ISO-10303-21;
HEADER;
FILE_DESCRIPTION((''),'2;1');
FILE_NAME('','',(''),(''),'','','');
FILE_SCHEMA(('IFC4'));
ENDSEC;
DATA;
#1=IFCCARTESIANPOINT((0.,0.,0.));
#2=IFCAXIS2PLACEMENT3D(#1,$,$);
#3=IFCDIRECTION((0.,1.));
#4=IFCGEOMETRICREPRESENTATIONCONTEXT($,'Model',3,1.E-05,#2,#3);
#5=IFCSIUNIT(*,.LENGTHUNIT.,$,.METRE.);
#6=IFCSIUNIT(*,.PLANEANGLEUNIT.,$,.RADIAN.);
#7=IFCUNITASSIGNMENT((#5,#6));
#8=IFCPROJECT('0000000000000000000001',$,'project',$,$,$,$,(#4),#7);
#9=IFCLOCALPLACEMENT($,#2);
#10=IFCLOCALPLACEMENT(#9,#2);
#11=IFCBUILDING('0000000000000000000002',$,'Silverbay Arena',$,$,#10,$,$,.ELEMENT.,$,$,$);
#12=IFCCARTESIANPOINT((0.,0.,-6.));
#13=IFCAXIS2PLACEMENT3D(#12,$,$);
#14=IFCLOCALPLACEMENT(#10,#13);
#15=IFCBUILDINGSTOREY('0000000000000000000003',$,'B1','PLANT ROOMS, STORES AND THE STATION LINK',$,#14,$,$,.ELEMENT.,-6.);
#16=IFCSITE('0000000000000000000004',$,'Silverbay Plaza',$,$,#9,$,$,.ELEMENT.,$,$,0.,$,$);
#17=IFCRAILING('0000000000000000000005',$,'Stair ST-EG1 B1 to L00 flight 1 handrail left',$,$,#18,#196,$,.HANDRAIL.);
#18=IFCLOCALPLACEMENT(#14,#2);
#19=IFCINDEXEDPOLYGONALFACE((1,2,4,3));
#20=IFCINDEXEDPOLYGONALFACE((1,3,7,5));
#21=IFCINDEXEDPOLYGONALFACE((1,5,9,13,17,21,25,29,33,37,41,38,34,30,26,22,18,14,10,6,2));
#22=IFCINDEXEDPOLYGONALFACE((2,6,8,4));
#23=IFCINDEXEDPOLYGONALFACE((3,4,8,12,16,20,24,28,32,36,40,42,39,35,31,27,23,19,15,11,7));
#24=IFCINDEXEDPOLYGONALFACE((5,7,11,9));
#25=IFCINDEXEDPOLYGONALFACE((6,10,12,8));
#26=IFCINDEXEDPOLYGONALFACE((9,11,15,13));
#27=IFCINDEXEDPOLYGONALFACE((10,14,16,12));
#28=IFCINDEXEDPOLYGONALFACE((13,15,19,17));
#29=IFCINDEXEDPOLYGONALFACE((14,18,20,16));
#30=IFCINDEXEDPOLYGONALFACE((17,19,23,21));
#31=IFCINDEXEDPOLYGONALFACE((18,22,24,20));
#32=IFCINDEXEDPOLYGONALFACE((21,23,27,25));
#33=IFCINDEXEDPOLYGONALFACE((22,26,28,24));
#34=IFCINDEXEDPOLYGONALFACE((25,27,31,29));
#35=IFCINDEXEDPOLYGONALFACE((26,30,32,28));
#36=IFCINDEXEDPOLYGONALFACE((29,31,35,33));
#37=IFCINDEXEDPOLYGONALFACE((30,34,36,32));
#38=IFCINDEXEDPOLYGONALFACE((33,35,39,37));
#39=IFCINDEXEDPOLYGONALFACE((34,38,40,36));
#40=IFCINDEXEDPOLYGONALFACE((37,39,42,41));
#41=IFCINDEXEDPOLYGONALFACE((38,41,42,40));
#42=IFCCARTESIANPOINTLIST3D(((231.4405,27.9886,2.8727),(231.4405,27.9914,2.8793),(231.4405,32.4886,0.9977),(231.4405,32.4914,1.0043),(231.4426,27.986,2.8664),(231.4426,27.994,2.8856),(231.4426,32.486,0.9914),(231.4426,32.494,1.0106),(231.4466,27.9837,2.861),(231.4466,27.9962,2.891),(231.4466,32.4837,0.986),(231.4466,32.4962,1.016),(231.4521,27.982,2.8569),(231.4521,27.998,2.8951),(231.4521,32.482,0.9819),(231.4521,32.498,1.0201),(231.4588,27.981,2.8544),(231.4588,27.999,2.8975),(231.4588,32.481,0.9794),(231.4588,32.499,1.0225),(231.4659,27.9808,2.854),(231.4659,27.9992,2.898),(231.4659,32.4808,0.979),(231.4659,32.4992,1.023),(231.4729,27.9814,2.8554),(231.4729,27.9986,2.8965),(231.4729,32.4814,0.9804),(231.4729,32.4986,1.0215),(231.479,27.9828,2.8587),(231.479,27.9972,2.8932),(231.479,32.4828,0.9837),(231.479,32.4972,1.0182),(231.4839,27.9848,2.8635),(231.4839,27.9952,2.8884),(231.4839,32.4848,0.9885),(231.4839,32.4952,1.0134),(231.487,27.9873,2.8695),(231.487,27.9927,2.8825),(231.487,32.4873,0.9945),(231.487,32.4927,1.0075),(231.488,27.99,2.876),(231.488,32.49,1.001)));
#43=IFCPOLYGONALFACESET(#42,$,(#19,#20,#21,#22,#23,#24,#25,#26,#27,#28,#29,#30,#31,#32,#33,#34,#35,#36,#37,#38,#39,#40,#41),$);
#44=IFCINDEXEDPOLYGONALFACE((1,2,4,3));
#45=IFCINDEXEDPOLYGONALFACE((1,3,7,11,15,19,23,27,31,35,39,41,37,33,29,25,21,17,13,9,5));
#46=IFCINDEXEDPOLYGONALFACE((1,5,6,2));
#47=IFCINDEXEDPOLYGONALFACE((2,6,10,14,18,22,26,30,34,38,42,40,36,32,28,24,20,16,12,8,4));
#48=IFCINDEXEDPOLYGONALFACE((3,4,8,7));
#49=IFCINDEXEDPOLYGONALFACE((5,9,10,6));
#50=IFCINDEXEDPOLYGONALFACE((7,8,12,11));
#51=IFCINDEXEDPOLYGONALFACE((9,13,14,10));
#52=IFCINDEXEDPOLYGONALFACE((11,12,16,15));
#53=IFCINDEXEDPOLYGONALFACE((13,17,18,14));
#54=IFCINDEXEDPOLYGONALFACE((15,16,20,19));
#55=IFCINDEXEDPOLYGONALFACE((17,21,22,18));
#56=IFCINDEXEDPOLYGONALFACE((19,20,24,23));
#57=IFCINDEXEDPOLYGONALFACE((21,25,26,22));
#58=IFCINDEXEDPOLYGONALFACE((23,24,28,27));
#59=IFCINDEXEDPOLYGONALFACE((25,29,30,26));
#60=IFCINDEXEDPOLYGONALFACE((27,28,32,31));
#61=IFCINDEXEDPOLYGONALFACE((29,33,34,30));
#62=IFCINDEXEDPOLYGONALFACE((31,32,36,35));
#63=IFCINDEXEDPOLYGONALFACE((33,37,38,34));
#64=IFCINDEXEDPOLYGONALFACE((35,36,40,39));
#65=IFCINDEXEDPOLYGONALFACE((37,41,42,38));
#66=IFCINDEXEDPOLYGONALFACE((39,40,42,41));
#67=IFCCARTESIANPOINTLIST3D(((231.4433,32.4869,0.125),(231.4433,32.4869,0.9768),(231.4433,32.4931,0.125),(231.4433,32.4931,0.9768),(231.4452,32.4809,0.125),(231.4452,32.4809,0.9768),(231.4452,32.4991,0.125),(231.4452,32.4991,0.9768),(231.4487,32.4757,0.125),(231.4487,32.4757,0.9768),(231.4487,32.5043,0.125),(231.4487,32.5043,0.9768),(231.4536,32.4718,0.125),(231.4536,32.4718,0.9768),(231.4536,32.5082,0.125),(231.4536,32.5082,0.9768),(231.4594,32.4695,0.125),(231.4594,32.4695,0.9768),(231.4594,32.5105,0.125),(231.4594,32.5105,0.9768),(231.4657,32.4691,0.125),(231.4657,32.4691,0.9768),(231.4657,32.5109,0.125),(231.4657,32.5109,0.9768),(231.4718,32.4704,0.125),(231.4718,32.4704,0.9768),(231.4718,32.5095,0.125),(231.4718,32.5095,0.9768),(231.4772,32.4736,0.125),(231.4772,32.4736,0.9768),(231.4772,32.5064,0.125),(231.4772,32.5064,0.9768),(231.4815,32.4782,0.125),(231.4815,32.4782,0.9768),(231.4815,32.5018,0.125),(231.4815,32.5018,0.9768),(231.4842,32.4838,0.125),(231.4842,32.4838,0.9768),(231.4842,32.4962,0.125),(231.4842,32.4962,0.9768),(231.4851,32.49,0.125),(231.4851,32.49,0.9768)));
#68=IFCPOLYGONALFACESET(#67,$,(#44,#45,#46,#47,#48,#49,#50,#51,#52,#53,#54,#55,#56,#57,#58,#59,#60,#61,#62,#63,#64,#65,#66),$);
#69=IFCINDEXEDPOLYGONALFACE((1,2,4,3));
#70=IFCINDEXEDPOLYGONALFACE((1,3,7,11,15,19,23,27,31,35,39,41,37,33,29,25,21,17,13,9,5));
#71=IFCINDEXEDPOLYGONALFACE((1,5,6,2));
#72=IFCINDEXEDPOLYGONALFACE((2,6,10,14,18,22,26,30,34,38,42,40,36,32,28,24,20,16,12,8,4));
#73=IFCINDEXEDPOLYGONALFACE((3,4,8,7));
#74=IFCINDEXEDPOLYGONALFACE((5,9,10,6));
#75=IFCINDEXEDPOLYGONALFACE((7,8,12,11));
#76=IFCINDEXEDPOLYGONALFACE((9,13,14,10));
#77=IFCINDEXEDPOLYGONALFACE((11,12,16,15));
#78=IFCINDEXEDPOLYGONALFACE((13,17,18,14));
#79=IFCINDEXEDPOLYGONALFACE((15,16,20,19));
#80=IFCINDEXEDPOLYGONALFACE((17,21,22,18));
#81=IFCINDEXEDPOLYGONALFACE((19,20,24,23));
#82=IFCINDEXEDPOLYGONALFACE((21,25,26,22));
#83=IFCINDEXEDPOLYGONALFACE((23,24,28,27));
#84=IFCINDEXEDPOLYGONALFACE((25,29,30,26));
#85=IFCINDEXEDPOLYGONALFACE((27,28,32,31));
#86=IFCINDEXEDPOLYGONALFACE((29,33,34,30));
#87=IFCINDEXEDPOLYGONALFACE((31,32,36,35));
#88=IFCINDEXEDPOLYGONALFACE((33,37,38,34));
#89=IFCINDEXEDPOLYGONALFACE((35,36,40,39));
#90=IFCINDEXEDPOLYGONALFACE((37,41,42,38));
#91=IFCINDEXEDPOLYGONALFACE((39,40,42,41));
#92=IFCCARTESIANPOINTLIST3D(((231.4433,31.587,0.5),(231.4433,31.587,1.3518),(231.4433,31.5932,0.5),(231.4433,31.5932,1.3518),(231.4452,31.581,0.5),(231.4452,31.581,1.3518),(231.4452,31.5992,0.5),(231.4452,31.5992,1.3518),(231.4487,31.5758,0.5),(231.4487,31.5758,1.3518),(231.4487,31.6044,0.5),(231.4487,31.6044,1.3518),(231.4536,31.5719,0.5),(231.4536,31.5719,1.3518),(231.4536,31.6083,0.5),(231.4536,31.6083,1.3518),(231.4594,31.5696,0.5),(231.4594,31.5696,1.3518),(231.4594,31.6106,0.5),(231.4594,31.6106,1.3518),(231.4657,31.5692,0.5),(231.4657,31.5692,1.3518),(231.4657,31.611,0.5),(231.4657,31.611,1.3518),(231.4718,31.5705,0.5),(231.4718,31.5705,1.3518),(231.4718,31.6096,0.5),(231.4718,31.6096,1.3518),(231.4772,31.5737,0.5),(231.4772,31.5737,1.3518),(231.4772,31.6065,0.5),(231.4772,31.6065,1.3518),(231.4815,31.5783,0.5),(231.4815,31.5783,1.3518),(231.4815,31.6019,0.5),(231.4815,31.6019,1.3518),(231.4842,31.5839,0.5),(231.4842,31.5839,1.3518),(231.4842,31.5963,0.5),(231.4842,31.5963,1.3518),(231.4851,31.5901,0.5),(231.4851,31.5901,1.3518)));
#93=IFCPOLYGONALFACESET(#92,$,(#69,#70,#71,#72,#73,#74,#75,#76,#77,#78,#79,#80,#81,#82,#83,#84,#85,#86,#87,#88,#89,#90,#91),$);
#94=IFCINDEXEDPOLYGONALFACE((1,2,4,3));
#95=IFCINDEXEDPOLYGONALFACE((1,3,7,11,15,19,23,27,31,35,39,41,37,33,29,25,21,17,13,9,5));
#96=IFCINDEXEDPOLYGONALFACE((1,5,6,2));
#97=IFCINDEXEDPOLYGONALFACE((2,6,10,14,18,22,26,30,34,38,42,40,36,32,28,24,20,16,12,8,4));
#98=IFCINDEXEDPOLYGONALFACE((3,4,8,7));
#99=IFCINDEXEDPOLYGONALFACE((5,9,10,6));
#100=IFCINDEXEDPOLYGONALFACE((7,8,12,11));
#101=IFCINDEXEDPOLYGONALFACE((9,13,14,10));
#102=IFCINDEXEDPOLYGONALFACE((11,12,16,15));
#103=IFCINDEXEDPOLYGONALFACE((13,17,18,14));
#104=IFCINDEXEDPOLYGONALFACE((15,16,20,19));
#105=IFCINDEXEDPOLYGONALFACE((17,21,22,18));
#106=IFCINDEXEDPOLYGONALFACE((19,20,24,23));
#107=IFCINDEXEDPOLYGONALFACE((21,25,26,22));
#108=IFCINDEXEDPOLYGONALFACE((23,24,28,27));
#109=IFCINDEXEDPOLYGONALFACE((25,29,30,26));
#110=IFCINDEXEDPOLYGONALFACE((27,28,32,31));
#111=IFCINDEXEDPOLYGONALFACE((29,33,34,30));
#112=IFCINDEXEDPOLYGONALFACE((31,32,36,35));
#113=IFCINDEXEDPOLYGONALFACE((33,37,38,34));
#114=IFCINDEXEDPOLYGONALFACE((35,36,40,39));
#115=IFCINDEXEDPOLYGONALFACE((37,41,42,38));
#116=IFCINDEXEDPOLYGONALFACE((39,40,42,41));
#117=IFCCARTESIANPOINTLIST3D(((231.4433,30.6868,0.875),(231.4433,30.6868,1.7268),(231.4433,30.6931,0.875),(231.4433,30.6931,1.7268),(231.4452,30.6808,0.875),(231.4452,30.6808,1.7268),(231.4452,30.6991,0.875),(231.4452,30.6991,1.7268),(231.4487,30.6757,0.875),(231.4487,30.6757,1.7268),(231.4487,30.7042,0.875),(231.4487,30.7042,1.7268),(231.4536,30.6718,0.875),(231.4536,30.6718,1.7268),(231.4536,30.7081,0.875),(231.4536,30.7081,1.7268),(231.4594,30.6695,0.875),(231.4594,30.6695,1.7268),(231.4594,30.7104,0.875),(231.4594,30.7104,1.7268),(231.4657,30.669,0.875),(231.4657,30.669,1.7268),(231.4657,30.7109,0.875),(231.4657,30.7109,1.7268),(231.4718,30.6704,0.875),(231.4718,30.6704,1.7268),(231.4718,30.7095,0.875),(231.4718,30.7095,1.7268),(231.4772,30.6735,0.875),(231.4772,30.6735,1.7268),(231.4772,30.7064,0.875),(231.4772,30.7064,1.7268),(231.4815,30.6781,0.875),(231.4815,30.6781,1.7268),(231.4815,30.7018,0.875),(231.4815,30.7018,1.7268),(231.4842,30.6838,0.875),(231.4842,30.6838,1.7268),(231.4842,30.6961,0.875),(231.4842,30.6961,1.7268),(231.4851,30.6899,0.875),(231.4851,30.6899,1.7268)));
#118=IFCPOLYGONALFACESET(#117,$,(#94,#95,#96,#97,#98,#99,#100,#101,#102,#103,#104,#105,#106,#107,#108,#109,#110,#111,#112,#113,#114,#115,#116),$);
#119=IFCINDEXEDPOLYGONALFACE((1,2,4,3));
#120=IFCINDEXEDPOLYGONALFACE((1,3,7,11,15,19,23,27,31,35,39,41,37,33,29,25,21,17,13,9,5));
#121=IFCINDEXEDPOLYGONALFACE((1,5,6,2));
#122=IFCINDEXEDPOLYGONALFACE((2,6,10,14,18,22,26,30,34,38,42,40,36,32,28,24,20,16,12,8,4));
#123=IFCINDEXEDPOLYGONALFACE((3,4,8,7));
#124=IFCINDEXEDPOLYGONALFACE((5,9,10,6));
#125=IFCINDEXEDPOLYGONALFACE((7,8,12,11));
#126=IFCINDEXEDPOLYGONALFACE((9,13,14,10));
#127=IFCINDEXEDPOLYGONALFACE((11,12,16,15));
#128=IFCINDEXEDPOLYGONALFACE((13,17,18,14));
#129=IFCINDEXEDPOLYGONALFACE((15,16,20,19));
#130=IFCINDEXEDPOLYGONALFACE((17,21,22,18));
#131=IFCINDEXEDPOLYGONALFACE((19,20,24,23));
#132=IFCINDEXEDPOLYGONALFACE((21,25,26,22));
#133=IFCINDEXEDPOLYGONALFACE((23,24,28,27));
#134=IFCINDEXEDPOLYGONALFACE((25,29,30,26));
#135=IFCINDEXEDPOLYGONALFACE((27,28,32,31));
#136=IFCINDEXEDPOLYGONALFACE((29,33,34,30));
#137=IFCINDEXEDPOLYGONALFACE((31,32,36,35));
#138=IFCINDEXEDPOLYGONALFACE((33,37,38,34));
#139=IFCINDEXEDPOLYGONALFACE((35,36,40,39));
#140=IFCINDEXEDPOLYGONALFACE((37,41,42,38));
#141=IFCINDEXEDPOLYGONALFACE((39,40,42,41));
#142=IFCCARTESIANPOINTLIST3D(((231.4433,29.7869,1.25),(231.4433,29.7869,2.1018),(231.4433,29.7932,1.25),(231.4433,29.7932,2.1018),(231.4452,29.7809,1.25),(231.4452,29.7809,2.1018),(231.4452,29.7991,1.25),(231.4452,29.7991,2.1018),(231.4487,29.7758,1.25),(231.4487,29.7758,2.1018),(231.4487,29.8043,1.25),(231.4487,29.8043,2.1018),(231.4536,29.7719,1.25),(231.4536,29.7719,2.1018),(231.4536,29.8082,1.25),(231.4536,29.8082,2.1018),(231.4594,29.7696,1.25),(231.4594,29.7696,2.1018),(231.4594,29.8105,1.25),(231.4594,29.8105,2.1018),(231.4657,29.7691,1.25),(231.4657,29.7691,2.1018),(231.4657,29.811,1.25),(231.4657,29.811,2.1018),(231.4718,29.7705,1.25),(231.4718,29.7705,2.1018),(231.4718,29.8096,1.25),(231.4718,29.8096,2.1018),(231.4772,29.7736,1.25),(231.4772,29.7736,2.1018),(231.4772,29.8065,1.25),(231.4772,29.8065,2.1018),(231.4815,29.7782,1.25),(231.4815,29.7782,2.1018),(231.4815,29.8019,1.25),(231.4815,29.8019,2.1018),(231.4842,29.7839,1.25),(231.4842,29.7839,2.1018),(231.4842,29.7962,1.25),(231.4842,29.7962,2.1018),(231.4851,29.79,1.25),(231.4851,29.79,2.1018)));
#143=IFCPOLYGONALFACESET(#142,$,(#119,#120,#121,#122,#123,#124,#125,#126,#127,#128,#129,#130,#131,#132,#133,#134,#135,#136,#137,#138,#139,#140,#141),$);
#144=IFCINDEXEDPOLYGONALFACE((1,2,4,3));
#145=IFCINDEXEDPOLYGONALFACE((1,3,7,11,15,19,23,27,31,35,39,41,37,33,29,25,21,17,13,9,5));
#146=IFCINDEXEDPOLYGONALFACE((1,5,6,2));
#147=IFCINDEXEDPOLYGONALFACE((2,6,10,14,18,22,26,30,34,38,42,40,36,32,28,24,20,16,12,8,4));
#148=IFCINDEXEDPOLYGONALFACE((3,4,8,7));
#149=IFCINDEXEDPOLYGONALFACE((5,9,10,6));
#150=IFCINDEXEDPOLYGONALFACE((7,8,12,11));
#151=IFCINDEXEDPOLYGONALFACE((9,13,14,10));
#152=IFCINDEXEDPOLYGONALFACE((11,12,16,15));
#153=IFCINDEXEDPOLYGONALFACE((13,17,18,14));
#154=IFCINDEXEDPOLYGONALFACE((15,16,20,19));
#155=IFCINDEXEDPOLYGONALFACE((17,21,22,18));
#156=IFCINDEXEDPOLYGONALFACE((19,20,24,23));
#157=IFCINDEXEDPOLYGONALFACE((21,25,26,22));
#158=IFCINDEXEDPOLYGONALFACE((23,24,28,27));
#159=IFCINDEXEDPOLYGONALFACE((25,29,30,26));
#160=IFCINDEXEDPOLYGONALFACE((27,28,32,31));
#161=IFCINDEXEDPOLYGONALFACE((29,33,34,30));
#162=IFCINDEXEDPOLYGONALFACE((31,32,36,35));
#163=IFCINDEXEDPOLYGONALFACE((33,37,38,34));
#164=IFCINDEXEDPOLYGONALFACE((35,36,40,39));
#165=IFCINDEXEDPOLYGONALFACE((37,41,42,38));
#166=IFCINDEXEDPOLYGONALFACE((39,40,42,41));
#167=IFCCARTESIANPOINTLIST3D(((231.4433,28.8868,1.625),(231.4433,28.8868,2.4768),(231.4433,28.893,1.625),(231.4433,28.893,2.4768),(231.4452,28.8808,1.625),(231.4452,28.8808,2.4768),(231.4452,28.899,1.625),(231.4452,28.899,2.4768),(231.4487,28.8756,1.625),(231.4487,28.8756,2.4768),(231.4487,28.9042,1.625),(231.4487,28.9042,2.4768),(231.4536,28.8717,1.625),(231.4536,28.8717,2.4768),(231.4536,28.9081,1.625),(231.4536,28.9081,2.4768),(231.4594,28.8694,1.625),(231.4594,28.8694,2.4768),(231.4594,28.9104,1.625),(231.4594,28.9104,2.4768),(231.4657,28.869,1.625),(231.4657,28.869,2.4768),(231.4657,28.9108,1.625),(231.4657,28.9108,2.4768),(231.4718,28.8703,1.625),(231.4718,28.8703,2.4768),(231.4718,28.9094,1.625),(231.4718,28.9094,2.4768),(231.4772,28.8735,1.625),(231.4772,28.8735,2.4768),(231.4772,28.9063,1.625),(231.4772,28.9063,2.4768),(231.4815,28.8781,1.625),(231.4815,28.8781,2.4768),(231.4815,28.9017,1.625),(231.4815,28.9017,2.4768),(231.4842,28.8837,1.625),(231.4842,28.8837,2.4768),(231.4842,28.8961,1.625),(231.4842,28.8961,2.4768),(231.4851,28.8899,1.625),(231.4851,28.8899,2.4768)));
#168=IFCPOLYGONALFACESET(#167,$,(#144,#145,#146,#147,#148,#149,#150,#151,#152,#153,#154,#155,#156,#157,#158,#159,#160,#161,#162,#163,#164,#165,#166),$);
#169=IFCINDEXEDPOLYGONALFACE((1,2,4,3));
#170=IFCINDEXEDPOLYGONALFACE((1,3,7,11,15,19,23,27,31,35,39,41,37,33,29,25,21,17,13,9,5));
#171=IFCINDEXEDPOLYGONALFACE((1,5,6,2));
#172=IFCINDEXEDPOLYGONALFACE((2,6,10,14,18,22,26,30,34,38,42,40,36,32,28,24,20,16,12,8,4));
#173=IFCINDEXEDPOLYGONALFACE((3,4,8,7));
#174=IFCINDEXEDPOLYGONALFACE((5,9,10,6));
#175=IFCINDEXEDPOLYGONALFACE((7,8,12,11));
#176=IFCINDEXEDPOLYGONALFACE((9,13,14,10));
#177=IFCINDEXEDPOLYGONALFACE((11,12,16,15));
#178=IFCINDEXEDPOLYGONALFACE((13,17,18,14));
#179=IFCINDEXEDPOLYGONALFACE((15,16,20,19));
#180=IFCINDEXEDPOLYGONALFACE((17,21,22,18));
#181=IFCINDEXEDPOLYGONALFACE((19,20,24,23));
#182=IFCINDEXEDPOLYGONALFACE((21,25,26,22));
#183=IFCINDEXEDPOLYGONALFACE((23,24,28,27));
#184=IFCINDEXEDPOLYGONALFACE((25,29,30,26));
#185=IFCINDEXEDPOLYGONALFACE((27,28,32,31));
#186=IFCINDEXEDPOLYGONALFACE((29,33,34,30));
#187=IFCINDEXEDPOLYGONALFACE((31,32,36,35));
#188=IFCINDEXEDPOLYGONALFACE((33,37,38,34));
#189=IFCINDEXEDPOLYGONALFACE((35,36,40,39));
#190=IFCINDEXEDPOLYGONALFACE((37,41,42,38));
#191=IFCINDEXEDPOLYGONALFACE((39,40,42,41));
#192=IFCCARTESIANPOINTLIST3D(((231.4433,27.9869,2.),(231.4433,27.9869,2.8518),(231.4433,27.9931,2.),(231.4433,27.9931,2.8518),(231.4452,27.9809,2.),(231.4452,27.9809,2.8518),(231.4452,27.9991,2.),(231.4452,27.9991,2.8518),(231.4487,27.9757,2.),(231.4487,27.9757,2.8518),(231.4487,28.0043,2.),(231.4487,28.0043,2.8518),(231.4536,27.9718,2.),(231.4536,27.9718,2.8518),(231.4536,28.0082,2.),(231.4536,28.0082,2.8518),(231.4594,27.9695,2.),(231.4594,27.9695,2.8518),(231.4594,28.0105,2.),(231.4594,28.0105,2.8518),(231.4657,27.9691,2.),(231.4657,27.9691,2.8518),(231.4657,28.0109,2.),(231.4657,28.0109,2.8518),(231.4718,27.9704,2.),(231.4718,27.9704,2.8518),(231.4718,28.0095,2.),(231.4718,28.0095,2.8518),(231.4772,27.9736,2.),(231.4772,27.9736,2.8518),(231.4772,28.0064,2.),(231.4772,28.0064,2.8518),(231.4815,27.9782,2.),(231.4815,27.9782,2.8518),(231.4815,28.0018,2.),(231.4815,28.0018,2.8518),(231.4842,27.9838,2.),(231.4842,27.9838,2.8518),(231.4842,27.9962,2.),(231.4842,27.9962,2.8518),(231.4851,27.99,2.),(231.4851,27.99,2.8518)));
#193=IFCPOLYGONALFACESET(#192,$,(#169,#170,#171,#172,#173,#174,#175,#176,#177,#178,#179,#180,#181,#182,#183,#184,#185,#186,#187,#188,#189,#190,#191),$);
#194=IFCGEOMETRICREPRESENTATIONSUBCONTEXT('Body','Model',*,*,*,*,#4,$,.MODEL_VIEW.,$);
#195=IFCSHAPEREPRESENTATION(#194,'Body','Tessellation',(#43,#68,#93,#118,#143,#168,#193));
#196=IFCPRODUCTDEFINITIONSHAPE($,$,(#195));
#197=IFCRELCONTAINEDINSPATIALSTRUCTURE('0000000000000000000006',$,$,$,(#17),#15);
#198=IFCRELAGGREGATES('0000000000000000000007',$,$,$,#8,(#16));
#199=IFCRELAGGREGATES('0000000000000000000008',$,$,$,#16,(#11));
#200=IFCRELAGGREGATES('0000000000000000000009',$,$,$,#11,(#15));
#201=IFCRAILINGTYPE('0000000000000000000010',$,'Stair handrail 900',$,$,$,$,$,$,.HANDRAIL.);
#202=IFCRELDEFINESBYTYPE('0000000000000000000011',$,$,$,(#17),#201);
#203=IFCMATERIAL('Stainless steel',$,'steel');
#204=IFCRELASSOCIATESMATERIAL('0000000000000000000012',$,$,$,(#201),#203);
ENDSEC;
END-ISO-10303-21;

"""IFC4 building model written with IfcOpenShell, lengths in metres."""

from ifc_helpers import new_model, si_unit, direction, frame, origin, origin_2d, place, context, subcontext, project, spatial, circle, extrude, material, type_object, element, save


model = new_model("IFC4")

# Units and contexts
model_context = context("Model", 3, precision=1e-05, world=origin(), true_north=direction((0.0, 1.0)))
body_context = subcontext(model_context, "Body", "Model", "MODEL_VIEW")
ifc_project = project(units=[si_unit("LENGTHUNIT", "METRE"), si_unit("PLANEANGLEUNIT", "RADIAN")], contexts=[model_context])

# Site, building, storey
site_placement = place(None, origin())
site = spatial("IfcSite", under=ifc_project, at=site_placement, Name="Silverbay Plaza", CompositionType="ELEMENT", RefElevation=0.0)
building_placement = place(site_placement, origin())
building = spatial("IfcBuilding", under=site, at=building_placement, Name="Silverbay Arena", CompositionType="ELEMENT")
storey_placement = place(building_placement, frame((0.0, 0.0, -6.0)))
storey = spatial("IfcBuildingStorey", under=building, at=storey_placement, Name="B1", Description="PLANT ROOMS, STORES AND THE STATION LINK", CompositionType="ELEMENT", Elevation=-6.0)

# Railing
ifc_material_1 = material(Name="Stainless steel", Category="steel")
railing_type_1 = type_object("IfcRailingType", Name="Stair handrail 900", PredefinedType="HANDRAIL", material=ifc_material_1)
for number, where, name in (
    (1, (231.4641, 32.49, 0.125), "Stair ST-EG1 B1 to L00 flight 1 handrail left"),
):
    element("IfcRailing", number, at=place(storey_placement, frame(where)), inside=storey, type_object=railing_type_1, Name=name, PredefinedType="HANDRAIL", context=body_context, shape_type="SweptSolid", body=[
        extrude(circle(Radius=0.0239, at=origin_2d()), frame((0.0, 0.0, 0.876), z_axis=(0.0, -0.923077, 0.384615), x_axis=(1.0, 0.0, 0.0)), (0.0, 0.0, 1.0), 4.875),
        extrude(circle(Radius=0.021, at=origin_2d()), origin(), (0.0, 0.0, 1.0), 0.8518),
        extrude(circle(Radius=0.021, at=origin_2d()), frame((0.0, -0.8999, 0.375)), (0.0, 0.0, 1.0), 0.8518),
        extrude(circle(Radius=0.021, at=origin_2d()), frame((0.0, -1.8, 0.75)), (0.0, 0.0, 1.0), 0.8518),
        extrude(circle(Radius=0.021, at=origin_2d()), frame((0.0, -2.7, 1.125)), (0.0, 0.0, 1.0), 0.8518),
        extrude(circle(Radius=0.021, at=origin_2d()), frame((0.0, -3.6001, 1.5)), (0.0, 0.0, 1.0), 0.8518),
        extrude(circle(Radius=0.021, at=origin_2d()), frame((0.0, -4.5, 1.875)), (0.0, 0.0, 1.0), 0.8518),
    ])

save(model, "model.ifc")
